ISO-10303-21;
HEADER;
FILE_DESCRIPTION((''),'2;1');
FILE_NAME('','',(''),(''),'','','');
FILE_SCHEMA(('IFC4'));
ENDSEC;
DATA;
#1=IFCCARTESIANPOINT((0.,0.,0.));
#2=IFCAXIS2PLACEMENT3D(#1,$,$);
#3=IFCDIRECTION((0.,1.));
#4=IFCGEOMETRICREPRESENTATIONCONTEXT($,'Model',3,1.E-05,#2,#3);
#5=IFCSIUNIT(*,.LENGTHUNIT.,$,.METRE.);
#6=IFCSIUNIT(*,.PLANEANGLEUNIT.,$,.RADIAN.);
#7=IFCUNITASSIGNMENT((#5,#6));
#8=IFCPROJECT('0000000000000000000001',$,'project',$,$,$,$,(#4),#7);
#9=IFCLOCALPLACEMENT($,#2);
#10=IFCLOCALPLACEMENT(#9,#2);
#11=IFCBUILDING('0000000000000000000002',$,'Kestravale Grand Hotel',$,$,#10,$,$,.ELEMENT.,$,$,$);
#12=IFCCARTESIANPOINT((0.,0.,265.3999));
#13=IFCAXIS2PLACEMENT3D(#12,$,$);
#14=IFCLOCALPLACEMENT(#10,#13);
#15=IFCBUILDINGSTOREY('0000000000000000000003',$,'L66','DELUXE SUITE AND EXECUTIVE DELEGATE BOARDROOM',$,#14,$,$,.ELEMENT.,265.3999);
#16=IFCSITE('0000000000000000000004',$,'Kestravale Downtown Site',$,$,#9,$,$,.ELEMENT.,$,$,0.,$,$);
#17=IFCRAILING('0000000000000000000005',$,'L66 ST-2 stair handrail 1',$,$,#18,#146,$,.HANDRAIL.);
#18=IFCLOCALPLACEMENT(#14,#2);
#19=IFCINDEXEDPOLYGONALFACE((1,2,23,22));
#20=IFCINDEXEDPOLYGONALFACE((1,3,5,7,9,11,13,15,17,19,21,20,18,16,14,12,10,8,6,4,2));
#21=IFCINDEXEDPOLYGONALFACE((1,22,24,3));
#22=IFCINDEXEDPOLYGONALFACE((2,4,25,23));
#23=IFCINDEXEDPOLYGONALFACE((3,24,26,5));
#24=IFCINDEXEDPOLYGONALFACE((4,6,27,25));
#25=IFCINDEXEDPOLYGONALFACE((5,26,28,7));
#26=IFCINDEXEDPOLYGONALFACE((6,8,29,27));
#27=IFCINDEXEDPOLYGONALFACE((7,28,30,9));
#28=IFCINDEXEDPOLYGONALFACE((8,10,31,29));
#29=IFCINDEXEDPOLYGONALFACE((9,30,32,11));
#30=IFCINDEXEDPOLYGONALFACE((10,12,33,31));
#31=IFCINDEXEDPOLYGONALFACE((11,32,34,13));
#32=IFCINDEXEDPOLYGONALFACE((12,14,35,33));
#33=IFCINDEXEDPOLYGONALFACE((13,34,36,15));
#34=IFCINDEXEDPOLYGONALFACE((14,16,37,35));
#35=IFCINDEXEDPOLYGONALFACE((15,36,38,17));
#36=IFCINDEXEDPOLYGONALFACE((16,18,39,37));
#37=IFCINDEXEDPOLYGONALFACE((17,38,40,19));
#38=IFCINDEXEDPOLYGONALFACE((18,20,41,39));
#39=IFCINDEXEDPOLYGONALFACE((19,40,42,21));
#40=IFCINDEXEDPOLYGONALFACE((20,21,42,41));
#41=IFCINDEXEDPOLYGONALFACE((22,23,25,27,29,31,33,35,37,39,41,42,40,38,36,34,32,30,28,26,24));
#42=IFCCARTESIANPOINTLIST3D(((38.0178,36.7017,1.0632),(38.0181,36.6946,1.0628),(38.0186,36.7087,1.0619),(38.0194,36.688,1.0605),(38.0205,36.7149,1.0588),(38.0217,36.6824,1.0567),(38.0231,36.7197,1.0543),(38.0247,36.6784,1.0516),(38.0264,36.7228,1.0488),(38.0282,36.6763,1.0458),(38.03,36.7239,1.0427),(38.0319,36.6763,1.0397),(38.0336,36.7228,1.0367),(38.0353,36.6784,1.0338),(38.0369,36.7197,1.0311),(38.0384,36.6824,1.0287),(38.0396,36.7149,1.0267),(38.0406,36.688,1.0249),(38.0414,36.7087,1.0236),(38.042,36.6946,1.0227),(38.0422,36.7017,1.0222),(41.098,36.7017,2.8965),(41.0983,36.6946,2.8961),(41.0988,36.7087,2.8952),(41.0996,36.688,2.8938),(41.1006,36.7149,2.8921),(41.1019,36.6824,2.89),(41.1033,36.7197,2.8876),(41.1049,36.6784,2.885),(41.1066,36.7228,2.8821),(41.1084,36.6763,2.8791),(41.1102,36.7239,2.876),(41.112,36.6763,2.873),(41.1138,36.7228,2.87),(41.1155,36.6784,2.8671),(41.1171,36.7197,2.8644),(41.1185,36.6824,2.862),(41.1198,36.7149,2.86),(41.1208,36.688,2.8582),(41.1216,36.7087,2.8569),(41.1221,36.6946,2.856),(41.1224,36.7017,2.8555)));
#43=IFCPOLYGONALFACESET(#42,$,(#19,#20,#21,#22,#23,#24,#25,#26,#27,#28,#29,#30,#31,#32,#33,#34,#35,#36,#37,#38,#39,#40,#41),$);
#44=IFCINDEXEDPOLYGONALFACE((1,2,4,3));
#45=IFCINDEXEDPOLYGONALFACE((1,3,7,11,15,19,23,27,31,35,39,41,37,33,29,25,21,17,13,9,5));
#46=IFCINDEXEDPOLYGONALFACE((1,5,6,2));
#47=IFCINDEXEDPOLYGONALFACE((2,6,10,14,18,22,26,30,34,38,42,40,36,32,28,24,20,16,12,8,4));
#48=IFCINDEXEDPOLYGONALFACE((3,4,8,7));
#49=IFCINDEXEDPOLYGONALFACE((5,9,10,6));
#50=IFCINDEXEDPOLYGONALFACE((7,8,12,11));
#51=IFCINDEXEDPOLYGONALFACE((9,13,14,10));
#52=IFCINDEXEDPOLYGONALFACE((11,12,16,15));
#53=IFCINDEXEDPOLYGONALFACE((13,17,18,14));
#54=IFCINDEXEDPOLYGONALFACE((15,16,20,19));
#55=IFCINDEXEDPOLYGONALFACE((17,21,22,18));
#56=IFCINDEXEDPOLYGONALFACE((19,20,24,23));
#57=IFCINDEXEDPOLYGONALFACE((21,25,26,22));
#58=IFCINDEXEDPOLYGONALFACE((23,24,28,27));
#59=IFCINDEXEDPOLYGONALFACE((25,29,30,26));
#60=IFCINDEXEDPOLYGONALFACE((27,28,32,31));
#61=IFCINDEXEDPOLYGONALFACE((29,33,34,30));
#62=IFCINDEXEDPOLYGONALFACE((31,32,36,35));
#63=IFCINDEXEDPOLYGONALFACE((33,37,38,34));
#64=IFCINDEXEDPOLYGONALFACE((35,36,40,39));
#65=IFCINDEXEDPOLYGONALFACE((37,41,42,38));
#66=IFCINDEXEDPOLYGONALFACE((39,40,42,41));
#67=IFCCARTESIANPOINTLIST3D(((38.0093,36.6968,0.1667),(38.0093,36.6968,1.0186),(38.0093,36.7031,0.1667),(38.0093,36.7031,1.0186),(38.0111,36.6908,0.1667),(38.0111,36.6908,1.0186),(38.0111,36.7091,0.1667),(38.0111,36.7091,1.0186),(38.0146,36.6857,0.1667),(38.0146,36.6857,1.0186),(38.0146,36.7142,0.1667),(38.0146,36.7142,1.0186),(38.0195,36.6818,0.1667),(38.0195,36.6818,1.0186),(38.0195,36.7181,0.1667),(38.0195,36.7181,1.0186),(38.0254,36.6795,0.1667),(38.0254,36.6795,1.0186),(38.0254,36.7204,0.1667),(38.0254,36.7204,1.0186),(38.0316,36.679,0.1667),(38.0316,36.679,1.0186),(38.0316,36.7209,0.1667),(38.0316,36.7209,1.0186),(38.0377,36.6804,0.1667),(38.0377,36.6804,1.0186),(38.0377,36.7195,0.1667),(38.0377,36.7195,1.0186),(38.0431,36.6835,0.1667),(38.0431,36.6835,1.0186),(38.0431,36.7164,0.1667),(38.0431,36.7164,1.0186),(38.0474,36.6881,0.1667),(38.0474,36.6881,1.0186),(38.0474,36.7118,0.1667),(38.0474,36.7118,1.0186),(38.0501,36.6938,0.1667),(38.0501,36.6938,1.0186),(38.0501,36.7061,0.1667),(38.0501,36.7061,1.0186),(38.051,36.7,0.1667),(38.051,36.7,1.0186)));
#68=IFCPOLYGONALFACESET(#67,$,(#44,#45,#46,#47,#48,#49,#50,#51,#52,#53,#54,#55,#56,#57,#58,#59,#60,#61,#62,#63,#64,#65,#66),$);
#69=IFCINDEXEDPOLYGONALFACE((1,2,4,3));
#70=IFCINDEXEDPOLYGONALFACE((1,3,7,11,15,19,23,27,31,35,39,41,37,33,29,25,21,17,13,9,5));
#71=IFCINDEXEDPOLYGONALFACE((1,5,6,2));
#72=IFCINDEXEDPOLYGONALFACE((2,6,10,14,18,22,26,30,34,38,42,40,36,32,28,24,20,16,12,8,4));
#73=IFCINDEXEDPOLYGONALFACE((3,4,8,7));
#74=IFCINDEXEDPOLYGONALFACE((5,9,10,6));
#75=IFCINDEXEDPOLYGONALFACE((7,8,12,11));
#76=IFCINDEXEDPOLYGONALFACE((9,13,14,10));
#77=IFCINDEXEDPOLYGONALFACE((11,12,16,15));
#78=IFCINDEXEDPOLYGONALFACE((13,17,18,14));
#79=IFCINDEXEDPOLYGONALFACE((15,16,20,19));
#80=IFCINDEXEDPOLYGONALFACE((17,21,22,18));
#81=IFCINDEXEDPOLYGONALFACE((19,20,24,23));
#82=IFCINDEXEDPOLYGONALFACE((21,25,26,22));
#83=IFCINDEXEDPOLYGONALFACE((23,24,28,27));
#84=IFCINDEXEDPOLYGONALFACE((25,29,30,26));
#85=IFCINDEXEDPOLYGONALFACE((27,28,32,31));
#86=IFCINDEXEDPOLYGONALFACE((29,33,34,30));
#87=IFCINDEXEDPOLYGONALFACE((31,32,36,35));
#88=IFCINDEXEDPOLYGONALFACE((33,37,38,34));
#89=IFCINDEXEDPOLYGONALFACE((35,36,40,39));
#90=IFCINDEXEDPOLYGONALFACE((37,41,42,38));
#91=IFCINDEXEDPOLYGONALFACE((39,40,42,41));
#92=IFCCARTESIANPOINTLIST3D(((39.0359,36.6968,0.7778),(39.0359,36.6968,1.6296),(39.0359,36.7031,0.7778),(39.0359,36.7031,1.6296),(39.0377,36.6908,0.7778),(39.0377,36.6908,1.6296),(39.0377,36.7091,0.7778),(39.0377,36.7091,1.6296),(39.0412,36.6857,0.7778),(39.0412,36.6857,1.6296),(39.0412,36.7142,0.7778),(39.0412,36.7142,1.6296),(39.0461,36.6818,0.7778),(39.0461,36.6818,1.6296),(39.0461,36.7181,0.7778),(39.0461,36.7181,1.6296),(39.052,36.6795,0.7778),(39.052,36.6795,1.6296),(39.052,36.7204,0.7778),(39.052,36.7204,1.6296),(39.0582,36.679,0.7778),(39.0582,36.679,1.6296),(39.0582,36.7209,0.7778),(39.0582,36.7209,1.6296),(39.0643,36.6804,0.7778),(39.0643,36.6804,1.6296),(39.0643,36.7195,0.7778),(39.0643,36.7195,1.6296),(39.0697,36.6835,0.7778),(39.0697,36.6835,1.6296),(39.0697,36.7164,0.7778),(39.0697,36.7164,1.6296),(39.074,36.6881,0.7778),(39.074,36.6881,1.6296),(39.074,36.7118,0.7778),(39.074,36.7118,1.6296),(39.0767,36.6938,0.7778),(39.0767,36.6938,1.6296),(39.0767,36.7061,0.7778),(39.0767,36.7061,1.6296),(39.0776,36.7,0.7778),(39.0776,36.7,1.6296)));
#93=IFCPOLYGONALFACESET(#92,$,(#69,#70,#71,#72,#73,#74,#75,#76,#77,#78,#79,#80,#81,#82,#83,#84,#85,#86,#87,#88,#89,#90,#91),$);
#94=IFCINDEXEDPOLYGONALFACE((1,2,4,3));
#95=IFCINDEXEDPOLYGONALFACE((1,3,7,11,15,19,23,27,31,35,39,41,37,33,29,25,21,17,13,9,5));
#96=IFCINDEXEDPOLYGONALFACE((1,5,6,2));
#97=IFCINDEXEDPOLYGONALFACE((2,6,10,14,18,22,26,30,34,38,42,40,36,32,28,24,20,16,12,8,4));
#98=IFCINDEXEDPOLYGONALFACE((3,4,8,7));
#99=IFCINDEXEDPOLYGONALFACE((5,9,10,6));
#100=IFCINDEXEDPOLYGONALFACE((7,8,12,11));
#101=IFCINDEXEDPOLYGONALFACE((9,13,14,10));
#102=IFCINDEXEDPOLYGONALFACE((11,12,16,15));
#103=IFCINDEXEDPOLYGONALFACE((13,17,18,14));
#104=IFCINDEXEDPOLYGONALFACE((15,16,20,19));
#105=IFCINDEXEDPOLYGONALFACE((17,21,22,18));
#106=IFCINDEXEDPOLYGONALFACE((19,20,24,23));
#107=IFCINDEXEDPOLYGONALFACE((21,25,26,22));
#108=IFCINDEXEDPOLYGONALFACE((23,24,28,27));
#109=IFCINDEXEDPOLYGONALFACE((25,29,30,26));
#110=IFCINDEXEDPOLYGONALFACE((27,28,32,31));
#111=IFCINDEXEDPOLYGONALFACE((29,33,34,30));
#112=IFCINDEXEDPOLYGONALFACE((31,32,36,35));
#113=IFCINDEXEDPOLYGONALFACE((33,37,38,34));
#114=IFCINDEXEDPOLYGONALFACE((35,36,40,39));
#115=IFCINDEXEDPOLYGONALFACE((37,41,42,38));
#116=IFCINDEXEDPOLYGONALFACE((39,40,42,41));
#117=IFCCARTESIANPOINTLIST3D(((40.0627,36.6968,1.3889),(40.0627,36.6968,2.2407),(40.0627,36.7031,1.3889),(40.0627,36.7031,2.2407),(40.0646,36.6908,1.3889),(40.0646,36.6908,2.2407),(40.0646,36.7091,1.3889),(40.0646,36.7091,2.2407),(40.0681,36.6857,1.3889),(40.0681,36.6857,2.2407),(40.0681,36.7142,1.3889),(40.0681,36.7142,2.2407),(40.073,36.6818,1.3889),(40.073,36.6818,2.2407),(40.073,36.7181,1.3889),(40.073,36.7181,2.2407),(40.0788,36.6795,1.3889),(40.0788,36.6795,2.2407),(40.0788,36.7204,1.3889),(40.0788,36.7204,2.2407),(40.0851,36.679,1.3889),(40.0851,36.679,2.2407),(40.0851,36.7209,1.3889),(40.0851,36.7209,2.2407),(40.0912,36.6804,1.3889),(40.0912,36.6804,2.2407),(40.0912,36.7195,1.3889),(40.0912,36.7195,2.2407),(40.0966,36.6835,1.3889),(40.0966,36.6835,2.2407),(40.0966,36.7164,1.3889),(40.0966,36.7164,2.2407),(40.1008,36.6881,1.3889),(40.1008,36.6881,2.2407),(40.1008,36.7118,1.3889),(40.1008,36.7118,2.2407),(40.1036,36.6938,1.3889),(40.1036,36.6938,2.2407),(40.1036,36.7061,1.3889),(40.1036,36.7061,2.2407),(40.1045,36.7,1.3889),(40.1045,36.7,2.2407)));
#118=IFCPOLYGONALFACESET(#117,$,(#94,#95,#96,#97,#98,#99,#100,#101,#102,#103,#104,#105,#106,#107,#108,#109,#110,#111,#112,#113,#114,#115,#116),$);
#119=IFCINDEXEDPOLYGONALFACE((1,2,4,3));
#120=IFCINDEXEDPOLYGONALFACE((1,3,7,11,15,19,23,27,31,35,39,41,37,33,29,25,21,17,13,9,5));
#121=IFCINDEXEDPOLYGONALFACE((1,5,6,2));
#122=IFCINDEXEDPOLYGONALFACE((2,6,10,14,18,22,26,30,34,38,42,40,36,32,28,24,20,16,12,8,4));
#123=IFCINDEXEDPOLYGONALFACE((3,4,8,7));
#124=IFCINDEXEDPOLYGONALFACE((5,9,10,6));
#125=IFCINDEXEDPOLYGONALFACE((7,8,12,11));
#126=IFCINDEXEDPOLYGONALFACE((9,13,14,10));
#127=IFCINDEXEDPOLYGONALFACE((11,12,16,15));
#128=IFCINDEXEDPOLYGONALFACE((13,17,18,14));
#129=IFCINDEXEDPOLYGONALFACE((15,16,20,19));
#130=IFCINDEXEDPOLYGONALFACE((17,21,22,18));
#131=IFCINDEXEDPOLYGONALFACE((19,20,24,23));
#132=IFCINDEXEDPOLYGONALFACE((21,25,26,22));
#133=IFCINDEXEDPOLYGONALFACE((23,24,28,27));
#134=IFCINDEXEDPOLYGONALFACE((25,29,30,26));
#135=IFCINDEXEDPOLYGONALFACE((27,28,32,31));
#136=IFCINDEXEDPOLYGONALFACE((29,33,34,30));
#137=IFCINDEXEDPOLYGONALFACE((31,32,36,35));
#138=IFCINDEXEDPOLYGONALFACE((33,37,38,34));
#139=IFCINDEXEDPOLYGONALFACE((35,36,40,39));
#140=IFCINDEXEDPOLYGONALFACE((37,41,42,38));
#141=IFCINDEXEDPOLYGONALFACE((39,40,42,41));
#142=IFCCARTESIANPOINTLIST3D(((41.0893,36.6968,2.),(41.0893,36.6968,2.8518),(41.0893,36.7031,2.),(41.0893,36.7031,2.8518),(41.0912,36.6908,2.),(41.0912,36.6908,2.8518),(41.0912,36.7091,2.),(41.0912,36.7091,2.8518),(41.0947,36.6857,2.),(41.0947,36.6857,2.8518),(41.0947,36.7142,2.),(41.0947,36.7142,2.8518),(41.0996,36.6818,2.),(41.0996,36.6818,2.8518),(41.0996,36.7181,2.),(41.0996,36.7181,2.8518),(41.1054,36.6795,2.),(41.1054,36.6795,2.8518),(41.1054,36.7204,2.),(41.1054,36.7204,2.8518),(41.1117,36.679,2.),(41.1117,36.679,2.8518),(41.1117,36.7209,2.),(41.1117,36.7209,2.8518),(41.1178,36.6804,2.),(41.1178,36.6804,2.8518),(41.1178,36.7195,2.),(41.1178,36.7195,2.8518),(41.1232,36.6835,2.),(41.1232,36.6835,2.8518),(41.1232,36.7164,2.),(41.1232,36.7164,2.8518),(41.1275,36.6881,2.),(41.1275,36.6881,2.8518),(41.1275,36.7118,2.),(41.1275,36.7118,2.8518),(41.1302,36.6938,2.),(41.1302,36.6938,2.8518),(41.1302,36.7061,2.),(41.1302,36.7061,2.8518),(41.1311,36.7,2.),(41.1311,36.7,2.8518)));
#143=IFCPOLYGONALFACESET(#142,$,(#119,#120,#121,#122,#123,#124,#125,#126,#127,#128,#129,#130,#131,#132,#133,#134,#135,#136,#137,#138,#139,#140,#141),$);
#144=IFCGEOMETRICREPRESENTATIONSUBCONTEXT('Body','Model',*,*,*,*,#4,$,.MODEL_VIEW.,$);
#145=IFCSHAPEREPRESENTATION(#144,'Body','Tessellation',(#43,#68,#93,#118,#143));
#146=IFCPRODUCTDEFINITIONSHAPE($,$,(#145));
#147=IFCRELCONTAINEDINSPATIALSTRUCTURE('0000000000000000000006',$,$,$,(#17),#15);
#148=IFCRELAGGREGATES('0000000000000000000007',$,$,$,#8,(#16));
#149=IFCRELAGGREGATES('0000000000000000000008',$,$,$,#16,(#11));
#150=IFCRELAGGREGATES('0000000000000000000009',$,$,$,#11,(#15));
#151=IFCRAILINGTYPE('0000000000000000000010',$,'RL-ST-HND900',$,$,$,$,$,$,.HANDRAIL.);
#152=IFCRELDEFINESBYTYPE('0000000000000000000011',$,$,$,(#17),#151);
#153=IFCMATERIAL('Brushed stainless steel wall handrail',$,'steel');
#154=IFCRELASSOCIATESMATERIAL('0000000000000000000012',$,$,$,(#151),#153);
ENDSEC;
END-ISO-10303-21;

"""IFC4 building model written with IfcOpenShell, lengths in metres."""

from ifc_helpers import new_model, si_unit, direction, frame, origin, origin_2d, place, context, subcontext, project, spatial, circle, extrude, material, type_object, element, save


model = new_model("IFC4")

# Units and contexts
model_context = context("Model", 3, precision=1e-05, world=origin(), true_north=direction((0.0, 1.0)))
body_context = subcontext(model_context, "Body", "Model", "MODEL_VIEW")
ifc_project = project(units=[si_unit("LENGTHUNIT", "METRE"), si_unit("PLANEANGLEUNIT", "RADIAN")], contexts=[model_context])

# Site, building, storey
site_placement = place(None, origin())
site = spatial("IfcSite", under=ifc_project, at=site_placement, Name="Kestravale Downtown Site", CompositionType="ELEMENT", RefElevation=0.0)
building_placement = place(site_placement, origin())
building = spatial("IfcBuilding", under=site, at=building_placement, Name="Kestravale Grand Hotel", CompositionType="ELEMENT")
storey_placement = place(building_placement, frame((0.0, 0.0, 265.3999)))
storey = spatial("IfcBuildingStorey", under=building, at=storey_placement, Name="L66", Description="DELUXE SUITE AND EXECUTIVE DELEGATE BOARDROOM", CompositionType="ELEMENT", Elevation=265.3999)

# Railing
ifc_material_1 = material(Name="Brushed stainless steel wall handrail", Category="steel")
railing_type_1 = type_object("IfcRailingType", Name="RL-ST-HND900", PredefinedType="HANDRAIL", material=ifc_material_1)
railing_1_placement = place(storey_placement, frame((38.03, 36.7, 0.1667)))
element("IfcRailing", 1, at=railing_1_placement, inside=storey, type_object=railing_type_1, Name="L66 ST-2 stair handrail 1", PredefinedType="HANDRAIL", context=body_context, shape_type="SweptSolid", body=[
    extrude(circle(Radius=0.0239, at=origin_2d()), frame((0.0, 0.0, 0.876), z_axis=(0.859309, 0.0, 0.511458), x_axis=(0.0, 1.0, 0.0)), (0.0, 0.0, 1.0), 3.5845),
    extrude(circle(Radius=0.021, at=origin_2d()), origin(), (0.0, 0.0, 1.0), 0.8518),
    extrude(circle(Radius=0.021, at=origin_2d()), frame((1.0266, 0.0, 0.6111)), (0.0, 0.0, 1.0), 0.8518),
    extrude(circle(Radius=0.021, at=origin_2d()), frame((2.0535, 0.0, 1.2222)), (0.0, 0.0, 1.0), 0.8518),
    extrude(circle(Radius=0.021, at=origin_2d()), frame((3.0801, 0.0, 1.8333)), (0.0, 0.0, 1.0), 0.8518),
])

save(model, "model.ifc")
